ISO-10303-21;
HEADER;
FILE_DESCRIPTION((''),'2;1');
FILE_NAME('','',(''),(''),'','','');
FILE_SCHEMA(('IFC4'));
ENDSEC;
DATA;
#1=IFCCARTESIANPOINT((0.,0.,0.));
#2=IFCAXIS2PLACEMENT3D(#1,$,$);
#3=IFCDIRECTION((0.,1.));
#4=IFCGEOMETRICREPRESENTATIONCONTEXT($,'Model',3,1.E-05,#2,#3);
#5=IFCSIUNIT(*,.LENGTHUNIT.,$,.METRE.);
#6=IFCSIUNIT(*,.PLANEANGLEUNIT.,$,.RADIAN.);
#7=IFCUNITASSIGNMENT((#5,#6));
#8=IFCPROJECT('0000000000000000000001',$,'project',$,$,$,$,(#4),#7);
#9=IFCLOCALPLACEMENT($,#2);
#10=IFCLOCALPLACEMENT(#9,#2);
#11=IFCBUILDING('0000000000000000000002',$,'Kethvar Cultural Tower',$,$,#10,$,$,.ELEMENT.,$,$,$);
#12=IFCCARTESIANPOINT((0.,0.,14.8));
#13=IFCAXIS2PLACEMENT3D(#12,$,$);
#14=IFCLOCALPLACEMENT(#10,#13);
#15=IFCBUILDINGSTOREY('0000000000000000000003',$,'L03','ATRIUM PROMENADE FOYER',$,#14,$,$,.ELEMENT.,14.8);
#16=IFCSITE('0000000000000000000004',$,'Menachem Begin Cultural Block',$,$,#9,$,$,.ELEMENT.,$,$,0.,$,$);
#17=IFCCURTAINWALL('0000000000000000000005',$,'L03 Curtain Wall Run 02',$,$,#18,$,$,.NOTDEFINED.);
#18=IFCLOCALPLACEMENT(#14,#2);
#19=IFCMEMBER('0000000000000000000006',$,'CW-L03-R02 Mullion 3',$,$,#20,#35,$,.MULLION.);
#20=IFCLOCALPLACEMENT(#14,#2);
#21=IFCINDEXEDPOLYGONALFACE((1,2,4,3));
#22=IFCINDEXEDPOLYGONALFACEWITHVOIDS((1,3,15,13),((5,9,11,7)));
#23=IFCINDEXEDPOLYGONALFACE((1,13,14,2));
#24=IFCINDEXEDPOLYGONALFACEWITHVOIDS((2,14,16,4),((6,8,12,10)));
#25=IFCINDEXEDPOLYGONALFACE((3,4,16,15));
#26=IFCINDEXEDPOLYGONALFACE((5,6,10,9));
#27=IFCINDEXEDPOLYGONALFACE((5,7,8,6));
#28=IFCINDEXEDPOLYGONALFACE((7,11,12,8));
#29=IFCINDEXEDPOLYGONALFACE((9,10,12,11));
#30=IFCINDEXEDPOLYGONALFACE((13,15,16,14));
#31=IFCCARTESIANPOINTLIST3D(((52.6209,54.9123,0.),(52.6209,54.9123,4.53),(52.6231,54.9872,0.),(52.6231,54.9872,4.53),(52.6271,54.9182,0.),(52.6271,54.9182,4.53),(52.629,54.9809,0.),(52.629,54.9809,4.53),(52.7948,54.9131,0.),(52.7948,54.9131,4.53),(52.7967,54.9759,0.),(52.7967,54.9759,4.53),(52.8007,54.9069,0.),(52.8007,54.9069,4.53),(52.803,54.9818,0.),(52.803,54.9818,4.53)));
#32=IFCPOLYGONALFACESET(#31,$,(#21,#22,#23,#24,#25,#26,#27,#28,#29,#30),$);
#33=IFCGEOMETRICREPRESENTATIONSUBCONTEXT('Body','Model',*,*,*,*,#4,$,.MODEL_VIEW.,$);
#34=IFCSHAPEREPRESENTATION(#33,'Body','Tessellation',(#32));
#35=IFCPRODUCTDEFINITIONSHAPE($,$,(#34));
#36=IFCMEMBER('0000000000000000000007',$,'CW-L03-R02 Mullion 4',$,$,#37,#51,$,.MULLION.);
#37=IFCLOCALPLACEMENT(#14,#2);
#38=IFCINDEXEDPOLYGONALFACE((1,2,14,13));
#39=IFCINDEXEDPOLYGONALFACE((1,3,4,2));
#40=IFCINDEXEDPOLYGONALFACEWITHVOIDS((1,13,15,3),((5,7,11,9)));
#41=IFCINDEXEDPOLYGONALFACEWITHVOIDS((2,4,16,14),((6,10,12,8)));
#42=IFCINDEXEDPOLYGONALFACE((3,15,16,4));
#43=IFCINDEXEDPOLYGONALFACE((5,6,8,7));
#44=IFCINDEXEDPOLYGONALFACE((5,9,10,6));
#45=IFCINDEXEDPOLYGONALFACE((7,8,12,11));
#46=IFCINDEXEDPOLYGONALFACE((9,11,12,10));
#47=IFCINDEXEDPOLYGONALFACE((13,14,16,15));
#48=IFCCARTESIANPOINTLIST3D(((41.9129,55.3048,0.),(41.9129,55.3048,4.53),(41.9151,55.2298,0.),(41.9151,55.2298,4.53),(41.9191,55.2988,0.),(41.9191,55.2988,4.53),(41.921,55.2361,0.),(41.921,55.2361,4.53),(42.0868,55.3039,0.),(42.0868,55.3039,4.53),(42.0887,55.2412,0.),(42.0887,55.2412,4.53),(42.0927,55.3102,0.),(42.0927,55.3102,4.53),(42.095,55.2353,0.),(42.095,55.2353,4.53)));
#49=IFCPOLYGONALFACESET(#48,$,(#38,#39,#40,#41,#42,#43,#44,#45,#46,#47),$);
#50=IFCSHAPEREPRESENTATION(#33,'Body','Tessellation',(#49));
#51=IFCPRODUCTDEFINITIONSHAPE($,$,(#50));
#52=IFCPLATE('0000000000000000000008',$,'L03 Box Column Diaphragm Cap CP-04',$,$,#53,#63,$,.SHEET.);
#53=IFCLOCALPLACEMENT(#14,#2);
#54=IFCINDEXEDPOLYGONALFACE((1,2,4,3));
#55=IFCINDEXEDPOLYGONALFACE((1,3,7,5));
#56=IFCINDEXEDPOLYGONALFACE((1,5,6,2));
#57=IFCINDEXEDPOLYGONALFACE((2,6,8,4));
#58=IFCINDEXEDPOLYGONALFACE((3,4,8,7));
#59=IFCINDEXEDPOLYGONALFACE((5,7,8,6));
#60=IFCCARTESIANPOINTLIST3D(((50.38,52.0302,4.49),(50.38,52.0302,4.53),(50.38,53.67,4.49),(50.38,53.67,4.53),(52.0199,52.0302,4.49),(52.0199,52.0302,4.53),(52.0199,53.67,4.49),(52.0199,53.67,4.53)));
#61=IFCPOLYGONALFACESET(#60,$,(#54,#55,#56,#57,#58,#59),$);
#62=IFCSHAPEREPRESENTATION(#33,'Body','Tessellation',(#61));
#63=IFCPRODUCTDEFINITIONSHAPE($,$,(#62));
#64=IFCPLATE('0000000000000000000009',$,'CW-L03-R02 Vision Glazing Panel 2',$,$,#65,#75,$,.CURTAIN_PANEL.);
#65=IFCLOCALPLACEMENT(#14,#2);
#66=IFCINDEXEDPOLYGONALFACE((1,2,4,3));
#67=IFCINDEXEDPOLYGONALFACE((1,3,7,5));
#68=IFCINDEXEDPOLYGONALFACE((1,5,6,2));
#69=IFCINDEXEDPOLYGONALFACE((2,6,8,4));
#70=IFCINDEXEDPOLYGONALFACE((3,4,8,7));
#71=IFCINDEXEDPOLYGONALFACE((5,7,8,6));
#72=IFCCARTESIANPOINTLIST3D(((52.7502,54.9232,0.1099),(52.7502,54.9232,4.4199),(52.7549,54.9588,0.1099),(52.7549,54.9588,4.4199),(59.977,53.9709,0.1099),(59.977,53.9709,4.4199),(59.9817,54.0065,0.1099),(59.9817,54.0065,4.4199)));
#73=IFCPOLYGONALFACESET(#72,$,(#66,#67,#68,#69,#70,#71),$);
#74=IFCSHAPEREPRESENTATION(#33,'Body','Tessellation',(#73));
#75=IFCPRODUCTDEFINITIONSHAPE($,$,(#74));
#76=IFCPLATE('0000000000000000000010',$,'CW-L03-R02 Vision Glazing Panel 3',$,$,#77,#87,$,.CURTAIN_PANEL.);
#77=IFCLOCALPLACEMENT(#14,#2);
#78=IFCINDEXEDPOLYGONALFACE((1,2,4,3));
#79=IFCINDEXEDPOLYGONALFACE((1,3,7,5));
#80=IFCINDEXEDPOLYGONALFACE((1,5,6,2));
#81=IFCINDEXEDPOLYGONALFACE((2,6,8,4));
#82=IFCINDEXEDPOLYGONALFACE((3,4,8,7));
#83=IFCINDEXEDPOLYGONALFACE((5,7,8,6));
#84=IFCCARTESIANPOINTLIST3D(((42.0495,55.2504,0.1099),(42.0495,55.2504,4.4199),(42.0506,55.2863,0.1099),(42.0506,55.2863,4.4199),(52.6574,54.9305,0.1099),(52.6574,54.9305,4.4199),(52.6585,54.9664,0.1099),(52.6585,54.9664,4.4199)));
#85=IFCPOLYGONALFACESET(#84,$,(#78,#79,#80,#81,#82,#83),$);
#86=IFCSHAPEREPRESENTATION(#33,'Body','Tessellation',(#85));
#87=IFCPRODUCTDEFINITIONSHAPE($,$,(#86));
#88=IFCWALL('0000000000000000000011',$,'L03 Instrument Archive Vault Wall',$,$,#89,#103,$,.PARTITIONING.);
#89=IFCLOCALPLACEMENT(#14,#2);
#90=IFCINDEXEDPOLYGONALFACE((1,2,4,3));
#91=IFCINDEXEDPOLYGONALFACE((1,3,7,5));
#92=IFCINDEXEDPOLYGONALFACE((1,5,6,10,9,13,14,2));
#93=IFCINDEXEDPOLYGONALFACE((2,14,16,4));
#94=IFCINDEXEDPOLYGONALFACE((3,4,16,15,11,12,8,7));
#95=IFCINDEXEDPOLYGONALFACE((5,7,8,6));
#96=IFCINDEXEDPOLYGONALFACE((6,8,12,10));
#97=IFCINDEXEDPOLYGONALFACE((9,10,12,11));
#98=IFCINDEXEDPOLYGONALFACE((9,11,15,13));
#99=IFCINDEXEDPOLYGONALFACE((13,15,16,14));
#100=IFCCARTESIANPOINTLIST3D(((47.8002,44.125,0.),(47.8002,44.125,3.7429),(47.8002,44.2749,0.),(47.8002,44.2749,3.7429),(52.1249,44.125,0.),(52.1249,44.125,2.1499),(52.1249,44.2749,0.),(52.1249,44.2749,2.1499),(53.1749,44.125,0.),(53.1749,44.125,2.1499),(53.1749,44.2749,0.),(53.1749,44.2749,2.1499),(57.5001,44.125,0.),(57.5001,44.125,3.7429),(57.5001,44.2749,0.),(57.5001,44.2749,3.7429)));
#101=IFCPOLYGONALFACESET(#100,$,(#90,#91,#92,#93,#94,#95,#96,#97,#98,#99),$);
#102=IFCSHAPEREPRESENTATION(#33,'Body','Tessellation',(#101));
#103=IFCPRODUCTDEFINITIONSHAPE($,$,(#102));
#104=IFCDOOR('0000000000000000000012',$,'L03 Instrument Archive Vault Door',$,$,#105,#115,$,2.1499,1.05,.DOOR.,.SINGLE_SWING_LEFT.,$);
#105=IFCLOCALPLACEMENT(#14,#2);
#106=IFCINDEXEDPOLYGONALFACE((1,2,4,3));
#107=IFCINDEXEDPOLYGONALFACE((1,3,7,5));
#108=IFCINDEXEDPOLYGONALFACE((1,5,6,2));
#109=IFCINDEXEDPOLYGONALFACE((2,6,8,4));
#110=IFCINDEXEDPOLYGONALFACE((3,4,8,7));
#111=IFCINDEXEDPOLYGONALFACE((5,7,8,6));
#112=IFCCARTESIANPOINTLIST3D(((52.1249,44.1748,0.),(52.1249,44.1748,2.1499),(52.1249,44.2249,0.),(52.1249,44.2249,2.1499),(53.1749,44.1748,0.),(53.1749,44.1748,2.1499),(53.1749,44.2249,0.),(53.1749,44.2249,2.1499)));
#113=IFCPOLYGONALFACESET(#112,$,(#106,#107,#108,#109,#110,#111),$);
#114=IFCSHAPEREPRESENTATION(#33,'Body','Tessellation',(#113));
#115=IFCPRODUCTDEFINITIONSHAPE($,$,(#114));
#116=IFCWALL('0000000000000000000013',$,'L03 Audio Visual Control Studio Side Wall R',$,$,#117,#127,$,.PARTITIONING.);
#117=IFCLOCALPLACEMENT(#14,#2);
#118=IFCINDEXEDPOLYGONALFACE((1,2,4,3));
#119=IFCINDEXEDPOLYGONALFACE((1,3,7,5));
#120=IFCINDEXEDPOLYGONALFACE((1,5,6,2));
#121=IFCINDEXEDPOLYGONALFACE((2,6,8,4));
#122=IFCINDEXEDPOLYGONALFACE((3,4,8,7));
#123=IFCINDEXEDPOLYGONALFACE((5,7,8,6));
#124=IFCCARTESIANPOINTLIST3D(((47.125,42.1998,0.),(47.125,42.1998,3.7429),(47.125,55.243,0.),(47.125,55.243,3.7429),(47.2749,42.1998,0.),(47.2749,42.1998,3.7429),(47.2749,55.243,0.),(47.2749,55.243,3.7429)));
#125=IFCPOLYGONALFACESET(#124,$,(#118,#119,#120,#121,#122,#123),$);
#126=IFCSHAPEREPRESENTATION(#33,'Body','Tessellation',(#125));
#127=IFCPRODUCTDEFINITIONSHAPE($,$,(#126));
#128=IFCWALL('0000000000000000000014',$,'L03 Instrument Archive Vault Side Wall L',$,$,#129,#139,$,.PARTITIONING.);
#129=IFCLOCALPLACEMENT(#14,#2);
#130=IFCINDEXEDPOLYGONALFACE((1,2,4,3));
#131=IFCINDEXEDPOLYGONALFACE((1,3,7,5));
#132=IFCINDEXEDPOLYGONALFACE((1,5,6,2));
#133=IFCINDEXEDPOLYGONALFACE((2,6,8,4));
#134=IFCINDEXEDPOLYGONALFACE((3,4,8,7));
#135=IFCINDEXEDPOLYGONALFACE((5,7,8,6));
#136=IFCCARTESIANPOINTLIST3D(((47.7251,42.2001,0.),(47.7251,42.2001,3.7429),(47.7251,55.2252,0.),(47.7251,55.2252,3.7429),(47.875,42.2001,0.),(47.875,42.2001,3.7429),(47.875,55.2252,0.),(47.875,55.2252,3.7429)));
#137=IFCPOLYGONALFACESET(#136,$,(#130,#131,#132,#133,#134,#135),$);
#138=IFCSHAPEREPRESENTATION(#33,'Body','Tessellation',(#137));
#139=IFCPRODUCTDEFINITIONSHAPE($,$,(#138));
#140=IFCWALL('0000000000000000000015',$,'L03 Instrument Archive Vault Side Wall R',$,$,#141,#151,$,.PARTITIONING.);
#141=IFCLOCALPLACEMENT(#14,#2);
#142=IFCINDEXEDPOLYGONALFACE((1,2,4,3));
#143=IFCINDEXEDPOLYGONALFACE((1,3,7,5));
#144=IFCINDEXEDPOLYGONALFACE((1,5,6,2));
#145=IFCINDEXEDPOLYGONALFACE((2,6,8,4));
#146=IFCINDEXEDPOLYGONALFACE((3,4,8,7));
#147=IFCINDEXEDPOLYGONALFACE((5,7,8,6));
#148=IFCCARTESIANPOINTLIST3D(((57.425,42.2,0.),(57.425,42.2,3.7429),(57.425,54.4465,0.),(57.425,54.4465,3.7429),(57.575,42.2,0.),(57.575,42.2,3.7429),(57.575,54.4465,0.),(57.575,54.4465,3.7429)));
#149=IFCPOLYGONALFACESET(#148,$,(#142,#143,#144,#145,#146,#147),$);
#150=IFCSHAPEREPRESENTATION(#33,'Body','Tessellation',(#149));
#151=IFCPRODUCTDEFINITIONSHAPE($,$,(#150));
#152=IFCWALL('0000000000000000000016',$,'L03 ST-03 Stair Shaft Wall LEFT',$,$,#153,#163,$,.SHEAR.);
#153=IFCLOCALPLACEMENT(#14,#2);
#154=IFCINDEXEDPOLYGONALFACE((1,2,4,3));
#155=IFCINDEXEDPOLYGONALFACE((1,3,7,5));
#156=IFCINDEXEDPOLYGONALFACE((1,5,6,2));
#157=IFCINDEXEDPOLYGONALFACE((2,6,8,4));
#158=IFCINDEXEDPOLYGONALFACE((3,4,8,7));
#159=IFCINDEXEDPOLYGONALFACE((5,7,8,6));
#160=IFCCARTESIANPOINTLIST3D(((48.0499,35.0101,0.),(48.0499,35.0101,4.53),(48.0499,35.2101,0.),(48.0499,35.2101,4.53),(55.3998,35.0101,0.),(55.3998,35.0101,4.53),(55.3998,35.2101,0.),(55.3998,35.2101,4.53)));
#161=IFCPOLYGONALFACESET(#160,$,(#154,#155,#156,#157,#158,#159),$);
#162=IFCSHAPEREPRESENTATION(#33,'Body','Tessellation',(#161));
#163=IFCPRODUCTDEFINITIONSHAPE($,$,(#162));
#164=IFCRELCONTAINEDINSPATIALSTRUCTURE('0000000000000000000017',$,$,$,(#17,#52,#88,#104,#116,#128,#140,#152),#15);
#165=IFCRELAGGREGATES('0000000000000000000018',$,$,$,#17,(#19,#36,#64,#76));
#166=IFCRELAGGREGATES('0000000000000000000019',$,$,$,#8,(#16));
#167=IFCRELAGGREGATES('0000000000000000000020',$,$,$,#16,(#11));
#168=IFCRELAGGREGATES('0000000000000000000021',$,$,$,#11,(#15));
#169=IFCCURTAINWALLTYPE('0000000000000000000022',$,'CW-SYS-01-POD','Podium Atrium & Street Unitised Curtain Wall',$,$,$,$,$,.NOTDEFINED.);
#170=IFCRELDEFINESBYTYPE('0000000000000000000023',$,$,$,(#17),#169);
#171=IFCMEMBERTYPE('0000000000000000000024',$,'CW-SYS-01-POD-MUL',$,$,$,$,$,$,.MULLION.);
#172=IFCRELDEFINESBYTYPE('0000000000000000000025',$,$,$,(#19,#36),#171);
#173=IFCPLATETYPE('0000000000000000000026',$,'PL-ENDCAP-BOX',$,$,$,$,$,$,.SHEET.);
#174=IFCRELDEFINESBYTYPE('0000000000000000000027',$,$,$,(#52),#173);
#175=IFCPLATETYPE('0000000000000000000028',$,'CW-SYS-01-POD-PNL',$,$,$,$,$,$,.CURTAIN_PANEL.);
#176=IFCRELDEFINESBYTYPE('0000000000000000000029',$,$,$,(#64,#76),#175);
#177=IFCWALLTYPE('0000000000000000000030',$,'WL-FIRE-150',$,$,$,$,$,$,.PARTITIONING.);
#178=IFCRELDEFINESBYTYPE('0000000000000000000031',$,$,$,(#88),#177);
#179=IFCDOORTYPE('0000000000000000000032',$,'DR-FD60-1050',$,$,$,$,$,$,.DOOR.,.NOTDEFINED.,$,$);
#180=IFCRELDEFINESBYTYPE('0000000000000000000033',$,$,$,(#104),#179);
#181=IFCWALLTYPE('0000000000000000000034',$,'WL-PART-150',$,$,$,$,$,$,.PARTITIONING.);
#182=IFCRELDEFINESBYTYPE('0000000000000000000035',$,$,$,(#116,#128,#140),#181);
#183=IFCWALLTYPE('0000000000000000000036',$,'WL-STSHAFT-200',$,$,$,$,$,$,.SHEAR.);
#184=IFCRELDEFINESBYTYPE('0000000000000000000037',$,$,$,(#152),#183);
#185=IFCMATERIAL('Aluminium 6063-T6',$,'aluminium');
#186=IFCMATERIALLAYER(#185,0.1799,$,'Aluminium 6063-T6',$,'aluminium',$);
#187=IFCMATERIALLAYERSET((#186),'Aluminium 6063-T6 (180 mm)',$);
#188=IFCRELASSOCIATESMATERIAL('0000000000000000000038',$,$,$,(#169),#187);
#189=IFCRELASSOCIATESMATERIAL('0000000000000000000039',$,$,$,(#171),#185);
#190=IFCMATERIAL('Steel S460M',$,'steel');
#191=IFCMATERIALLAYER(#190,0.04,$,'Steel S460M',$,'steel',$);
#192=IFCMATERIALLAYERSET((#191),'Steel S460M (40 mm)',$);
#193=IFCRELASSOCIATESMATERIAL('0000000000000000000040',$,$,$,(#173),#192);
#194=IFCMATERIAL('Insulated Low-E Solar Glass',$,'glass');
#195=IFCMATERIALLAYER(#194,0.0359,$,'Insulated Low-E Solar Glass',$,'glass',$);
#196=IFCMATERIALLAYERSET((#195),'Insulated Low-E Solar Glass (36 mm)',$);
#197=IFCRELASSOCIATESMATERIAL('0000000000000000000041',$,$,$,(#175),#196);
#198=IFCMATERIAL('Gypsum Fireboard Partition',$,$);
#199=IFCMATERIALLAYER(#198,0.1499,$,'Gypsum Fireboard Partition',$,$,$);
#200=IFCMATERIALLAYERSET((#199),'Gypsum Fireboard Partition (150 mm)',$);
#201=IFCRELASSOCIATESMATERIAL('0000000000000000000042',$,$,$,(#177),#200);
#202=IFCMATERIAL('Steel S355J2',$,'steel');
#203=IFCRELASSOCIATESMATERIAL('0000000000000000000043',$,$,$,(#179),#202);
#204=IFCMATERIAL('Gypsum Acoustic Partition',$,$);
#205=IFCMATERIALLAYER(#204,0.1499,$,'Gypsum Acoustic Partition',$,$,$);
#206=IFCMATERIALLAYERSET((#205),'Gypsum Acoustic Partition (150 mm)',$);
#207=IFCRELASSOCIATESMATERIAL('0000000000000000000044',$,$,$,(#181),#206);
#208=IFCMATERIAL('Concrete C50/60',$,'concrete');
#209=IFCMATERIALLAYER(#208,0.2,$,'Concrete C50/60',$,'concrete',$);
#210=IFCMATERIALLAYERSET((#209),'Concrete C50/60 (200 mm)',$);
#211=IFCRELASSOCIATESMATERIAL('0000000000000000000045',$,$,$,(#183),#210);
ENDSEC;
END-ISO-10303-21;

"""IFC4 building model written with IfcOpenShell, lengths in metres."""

from ifc_helpers import new_model, si_unit, direction, frame, frame_2d, origin, origin_2d, place, context, subcontext, project, spatial, rectangle, hollow_rectangle, extrude, source, transform, mapped, material, layer, layer_set, material_profile, profile_set, type_object, element, fill, aggregate, save


model = new_model("IFC4")

# Units and contexts
model_context = context("Model", 3, precision=1e-05, world=origin(), true_north=direction((0.0, 1.0)))
body_context = subcontext(model_context, "Body", "Model", "MODEL_VIEW")
ifc_project = project(units=[si_unit("LENGTHUNIT", "METRE"), si_unit("PLANEANGLEUNIT", "RADIAN")], contexts=[model_context])

# Site, building, storey
site_placement = place(None, origin())
site = spatial("IfcSite", under=ifc_project, at=site_placement, Name="Menachem Begin Cultural Block", CompositionType="ELEMENT", RefElevation=0.0)
building_placement = place(site_placement, origin())
building = spatial("IfcBuilding", under=site, at=building_placement, Name="Kethvar Cultural Tower", CompositionType="ELEMENT")
storey_placement = place(building_placement, frame((0.0, 0.0, 14.8)))
storey = spatial("IfcBuildingStorey", under=building, at=storey_placement, Name="L03", Description="ATRIUM PROMENADE FOYER", CompositionType="ELEMENT", Elevation=14.8)

# Shared definitions
ifc_material_1 = material(Name="Steel S460M", Category="steel")

# Shared definitions
ifc_material_2 = material(Name="Steel S355J2", Category="steel")

# Curtain wall, members
ifc_material_3 = material(Name="Aluminium 6063-T6", Category="aluminium")
ifc_layer_1 = layer(ifc_material_3, 0.1799, Name="Aluminium 6063-T6", Category="aluminium")
ifc_layer_set_1 = layer_set([ifc_layer_1], Name="Aluminium 6063-T6 (180 mm)")
curtain_wall_type = type_object("IfcCurtainWallType", Name="CW-SYS-01-POD", Description="Podium Atrium & Street Unitised Curtain Wall", PredefinedType="NOTDEFINED", material=ifc_layer_set_1)
curtain_wall_placement = place(storey_placement, origin())
curtain_wall = element("IfcCurtainWall", 1, at=curtain_wall_placement, inside=storey, type_object=curtain_wall_type, Name="L03 Curtain Wall Run 02", PredefinedType="NOTDEFINED")
ifc_material_profile_1 = material_profile(ifc_material_3, hollow_rectangle(XDim=0.075, YDim=0.1799, WallThickness=0.0061, at=origin_2d()), Name="Aluminium 6063-T6 — RHS180x75x6")
ifc_profile_set_1 = profile_set([ifc_material_profile_1], Name="Aluminium 6063-T6 — RHS180x75x6")
member_type_1 = type_object("IfcMemberType", Name="CW-SYS-01-POD-MUL", PredefinedType="MULLION", material=ifc_profile_set_1)
shared_shape_1 = source(origin(), body_context, "Body", "SweptSolid", [
    extrude(hollow_rectangle(XDim=0.075, YDim=0.1799, WallThickness=0.0061, at=origin_2d()), origin(), (0.0, 0.0, 1.0), 4.53),
])
member_1_placement = place(storey_placement, frame((52.7119, 54.947, 0.0), z_axis=(0.0, 0.0, 1.0), x_axis=(-0.030137, -0.999546, 0.0)))
member_1 = element("IfcMember", 2, at=member_1_placement, type_object=member_type_1, Name="CW-L03-R02 Mullion 3", PredefinedType="MULLION", context=body_context, shape_type="MappedRepresentation", body=[
    mapped(shared_shape_1, transform((0.0, 0.0, 0.0), scale=1.0)),
])
member_2_placement = place(storey_placement, frame((42.0039, 55.27, 0.0), z_axis=(0.0, 0.0, 1.0), x_axis=(0.030137, -0.999546, 0.0)))
member_2 = element("IfcMember", 3, at=member_2_placement, type_object=member_type_1, Name="CW-L03-R02 Mullion 4", PredefinedType="MULLION", context=body_context, shape_type="MappedRepresentation", body=[
    mapped(shared_shape_1, transform((0.0, 0.0, 0.0), scale=1.0)),
])

# Plates
ifc_layer_2 = layer(ifc_material_1, 0.04, Name="Steel S460M", Category="steel")
ifc_layer_set_2 = layer_set([ifc_layer_2], Name="Steel S460M (40 mm)")
plate_type_1 = type_object("IfcPlateType", Name="PL-ENDCAP-BOX", PredefinedType="SHEET", material=ifc_layer_set_2)
shared_shape_2 = source(origin(), body_context, "Body", "SweptSolid", [
    extrude(rectangle(XDim=1.6399, YDim=1.6399, at=origin_2d()), origin(), (0.0, 0.0, 1.0), 0.04),
])
plate_1_placement = place(storey_placement, frame((51.2, 52.8501, 4.49), z_axis=(0.0, 0.0, 1.0), x_axis=(1.0, 0.0, 0.0)))
element("IfcPlate", 4, at=plate_1_placement, inside=storey, type_object=plate_type_1, Name="L03 Box Column Diaphragm Cap CP-04", PredefinedType="SHEET", context=body_context, shape_type="MappedRepresentation", body=[
    mapped(shared_shape_2, transform((0.0, 0.0, 0.0), scale=1.0)),
])
ifc_material_4 = material(Name="Insulated Low-E Solar Glass", Category="glass")
ifc_layer_3 = layer(ifc_material_4, 0.0359, Name="Insulated Low-E Solar Glass", Category="glass")
ifc_layer_set_3 = layer_set([ifc_layer_3], Name="Insulated Low-E Solar Glass (36 mm)")
plate_type_2 = type_object("IfcPlateType", Name="CW-SYS-01-POD-PNL", PredefinedType="CURTAIN_PANEL", material=ifc_layer_set_3)
shared_shape_3 = source(origin(), body_context, "Body", "SweptSolid", [
    extrude(rectangle(XDim=7.2893, YDim=0.0359, at=origin_2d()), origin(), (0.0, 0.0, 1.0), 4.3101),
])
plate_2_placement = place(storey_placement, frame((56.366, 54.4648, 0.1099), z_axis=(0.0, 0.0, 1.0), x_axis=(-0.991429, 0.130647, 0.0)))
plate_2 = element("IfcPlate", 5, at=plate_2_placement, type_object=plate_type_2, Name="CW-L03-R02 Vision Glazing Panel 2", PredefinedType="CURTAIN_PANEL", context=body_context, shape_type="MappedRepresentation", body=[
    mapped(shared_shape_3, transform((0.0, 0.0, 0.0), scale=1.0)),
])
shared_shape_4 = source(origin(), body_context, "Body", "SweptSolid", [
    extrude(rectangle(XDim=10.6128, YDim=0.0359, at=origin_2d()), origin(), (0.0, 0.0, 1.0), 4.3101),
])
plate_3_placement = place(storey_placement, frame((47.354, 55.1084, 0.1099), z_axis=(0.0, 0.0, 1.0), x_axis=(-0.999546, 0.030137, 0.0)))
plate_3 = element("IfcPlate", 6, at=plate_3_placement, type_object=plate_type_2, Name="CW-L03-R02 Vision Glazing Panel 3", PredefinedType="CURTAIN_PANEL", context=body_context, shape_type="MappedRepresentation", body=[
    mapped(shared_shape_4, transform((0.0, 0.0, 0.0), scale=1.0)),
])
aggregate(curtain_wall, [member_1, member_2, plate_2, plate_3])

# Wall, opening, door
ifc_material_5 = material(Name="Gypsum Fireboard Partition")
ifc_layer_4 = layer(ifc_material_5, 0.1499, Name="Gypsum Fireboard Partition")
ifc_layer_set_4 = layer_set([ifc_layer_4], Name="Gypsum Fireboard Partition (150 mm)")
wall_type_1 = type_object("IfcWallType", Name="WL-FIRE-150", PredefinedType="PARTITIONING", material=ifc_layer_set_4)
wall_1_placement = place(storey_placement, frame((47.8, 44.2, 0.0), z_axis=(0.0, 0.0, 1.0), x_axis=(1.0, 0.0, 0.0)))
wall_1 = element("IfcWall", 7, at=wall_1_placement, inside=storey, type_object=wall_type_1, Name="L03 Instrument Archive Vault Wall", PredefinedType="PARTITIONING", context=body_context, shape_type="SweptSolid", body=[
    extrude(rectangle(XDim=9.7, YDim=0.1499, at=frame_2d((4.8501, 0.0))), origin(), (0.0, 0.0, 1.0), 3.7429),
])
opening_1_placement = place(wall_1_placement, frame((4.325, 0.0, 0.0)))
opening_1 = element("IfcOpeningElement", 8, at=opening_1_placement, cuts=wall_1, PredefinedType="OPENING", context=body_context, shape_type="SweptSolid", body=[
    extrude(rectangle(XDim=1.05, YDim=2.1499, at=frame_2d((0.5249, 1.075))), frame((0.0, 0.085, 0.0), z_axis=(0.0, -1.0, 0.0), x_axis=(1.0, 0.0, 0.0)), (0.0, 0.0, 1.0), 0.1699),
])
door_type_1 = type_object("IfcDoorType", Name="DR-FD60-1050", OperationType="NOTDEFINED", PredefinedType="DOOR", material=ifc_material_2)
shared_shape_5 = source(origin(), body_context, "Body", "SweptSolid", [
    extrude(rectangle(XDim=1.05, YDim=2.1499, at=frame_2d((0.5249, 1.075))), frame((0.0, 0.0249, 0.0), z_axis=(0.0, -1.0, 0.0), x_axis=(1.0, 0.0, 0.0)), (0.0, 0.0, 1.0), 0.05),
])
door_1_placement = place(opening_1_placement, origin())
door_1 = element("IfcDoor", 9, at=door_1_placement, inside=storey, type_object=door_type_1, Name="L03 Instrument Archive Vault Door", OperationType="SINGLE_SWING_LEFT", OverallHeight=2.1499, OverallWidth=1.05, PredefinedType="DOOR", context=body_context, shape_type="MappedRepresentation", body=[
    mapped(shared_shape_5, transform((0.0, 0.0, 0.0), scale=1.0)),
])
fill(opening_1, door_1)

# Walls
ifc_material_6 = material(Name="Gypsum Acoustic Partition")
ifc_layer_5 = layer(ifc_material_6, 0.1499, Name="Gypsum Acoustic Partition")
ifc_layer_set_5 = layer_set([ifc_layer_5], Name="Gypsum Acoustic Partition (150 mm)")
wall_type_2 = type_object("IfcWallType", Name="WL-PART-150", PredefinedType="PARTITIONING", material=ifc_layer_set_5)
wall_2_placement = place(storey_placement, frame((47.2, 42.2, 0.0), z_axis=(0.0, 0.0, 1.0), x_axis=(0.0, 1.0, 0.0)))
element("IfcWall", 10, at=wall_2_placement, inside=storey, type_object=wall_type_2, Name="L03 Audio Visual Control Studio Side Wall R", PredefinedType="PARTITIONING", context=body_context, shape_type="SweptSolid", body=[
    extrude(rectangle(XDim=13.0432, YDim=0.1499, at=frame_2d((6.5215, 0.0))), origin(), (0.0, 0.0, 1.0), 3.7429),
])
wall_3_placement = place(storey_placement, frame((47.8, 42.2, 0.0), z_axis=(0.0, 0.0, 1.0), x_axis=(0.0, 1.0, 0.0)))
element("IfcWall", 11, at=wall_3_placement, inside=storey, type_object=wall_type_2, Name="L03 Instrument Archive Vault Side Wall L", PredefinedType="PARTITIONING", context=body_context, shape_type="SweptSolid", body=[
    extrude(rectangle(XDim=13.0251, YDim=0.1499, at=frame_2d((6.5127, 0.0))), origin(), (0.0, 0.0, 1.0), 3.7429),
])
wall_4_placement = place(storey_placement, frame((57.5, 42.2, 0.0), z_axis=(0.0, 0.0, 1.0), x_axis=(0.0, 1.0, 0.0)))
element("IfcWall", 12, at=wall_4_placement, inside=storey, type_object=wall_type_2, Name="L03 Instrument Archive Vault Side Wall R", PredefinedType="PARTITIONING", context=body_context, shape_type="SweptSolid", body=[
    extrude(rectangle(XDim=12.2466, YDim=0.1499, at=frame_2d((6.1233, 0.0))), origin(), (0.0, 0.0, 1.0), 3.7429),
])
ifc_material_7 = material(Name="Concrete C50/60", Category="concrete")
ifc_layer_6 = layer(ifc_material_7, 0.2, Name="Concrete C50/60", Category="concrete")
ifc_layer_set_6 = layer_set([ifc_layer_6], Name="Concrete C50/60 (200 mm)")
wall_type_3 = type_object("IfcWallType", Name="WL-STSHAFT-200", PredefinedType="SHEAR", material=ifc_layer_set_6)
wall_5_placement = place(storey_placement, frame((48.05, 35.1101, 0.0), z_axis=(0.0, 0.0, 1.0), x_axis=(1.0, 0.0, 0.0)))
element("IfcWall", 13, at=wall_5_placement, inside=storey, type_object=wall_type_3, Name="L03 ST-03 Stair Shaft Wall LEFT", PredefinedType="SHEAR", context=body_context, shape_type="SweptSolid", body=[
    extrude(rectangle(XDim=7.3499, YDim=0.2, at=frame_2d((3.6748, 0.0))), origin(), (0.0, 0.0, 1.0), 4.53),
])

save(model, "model.ifc")
